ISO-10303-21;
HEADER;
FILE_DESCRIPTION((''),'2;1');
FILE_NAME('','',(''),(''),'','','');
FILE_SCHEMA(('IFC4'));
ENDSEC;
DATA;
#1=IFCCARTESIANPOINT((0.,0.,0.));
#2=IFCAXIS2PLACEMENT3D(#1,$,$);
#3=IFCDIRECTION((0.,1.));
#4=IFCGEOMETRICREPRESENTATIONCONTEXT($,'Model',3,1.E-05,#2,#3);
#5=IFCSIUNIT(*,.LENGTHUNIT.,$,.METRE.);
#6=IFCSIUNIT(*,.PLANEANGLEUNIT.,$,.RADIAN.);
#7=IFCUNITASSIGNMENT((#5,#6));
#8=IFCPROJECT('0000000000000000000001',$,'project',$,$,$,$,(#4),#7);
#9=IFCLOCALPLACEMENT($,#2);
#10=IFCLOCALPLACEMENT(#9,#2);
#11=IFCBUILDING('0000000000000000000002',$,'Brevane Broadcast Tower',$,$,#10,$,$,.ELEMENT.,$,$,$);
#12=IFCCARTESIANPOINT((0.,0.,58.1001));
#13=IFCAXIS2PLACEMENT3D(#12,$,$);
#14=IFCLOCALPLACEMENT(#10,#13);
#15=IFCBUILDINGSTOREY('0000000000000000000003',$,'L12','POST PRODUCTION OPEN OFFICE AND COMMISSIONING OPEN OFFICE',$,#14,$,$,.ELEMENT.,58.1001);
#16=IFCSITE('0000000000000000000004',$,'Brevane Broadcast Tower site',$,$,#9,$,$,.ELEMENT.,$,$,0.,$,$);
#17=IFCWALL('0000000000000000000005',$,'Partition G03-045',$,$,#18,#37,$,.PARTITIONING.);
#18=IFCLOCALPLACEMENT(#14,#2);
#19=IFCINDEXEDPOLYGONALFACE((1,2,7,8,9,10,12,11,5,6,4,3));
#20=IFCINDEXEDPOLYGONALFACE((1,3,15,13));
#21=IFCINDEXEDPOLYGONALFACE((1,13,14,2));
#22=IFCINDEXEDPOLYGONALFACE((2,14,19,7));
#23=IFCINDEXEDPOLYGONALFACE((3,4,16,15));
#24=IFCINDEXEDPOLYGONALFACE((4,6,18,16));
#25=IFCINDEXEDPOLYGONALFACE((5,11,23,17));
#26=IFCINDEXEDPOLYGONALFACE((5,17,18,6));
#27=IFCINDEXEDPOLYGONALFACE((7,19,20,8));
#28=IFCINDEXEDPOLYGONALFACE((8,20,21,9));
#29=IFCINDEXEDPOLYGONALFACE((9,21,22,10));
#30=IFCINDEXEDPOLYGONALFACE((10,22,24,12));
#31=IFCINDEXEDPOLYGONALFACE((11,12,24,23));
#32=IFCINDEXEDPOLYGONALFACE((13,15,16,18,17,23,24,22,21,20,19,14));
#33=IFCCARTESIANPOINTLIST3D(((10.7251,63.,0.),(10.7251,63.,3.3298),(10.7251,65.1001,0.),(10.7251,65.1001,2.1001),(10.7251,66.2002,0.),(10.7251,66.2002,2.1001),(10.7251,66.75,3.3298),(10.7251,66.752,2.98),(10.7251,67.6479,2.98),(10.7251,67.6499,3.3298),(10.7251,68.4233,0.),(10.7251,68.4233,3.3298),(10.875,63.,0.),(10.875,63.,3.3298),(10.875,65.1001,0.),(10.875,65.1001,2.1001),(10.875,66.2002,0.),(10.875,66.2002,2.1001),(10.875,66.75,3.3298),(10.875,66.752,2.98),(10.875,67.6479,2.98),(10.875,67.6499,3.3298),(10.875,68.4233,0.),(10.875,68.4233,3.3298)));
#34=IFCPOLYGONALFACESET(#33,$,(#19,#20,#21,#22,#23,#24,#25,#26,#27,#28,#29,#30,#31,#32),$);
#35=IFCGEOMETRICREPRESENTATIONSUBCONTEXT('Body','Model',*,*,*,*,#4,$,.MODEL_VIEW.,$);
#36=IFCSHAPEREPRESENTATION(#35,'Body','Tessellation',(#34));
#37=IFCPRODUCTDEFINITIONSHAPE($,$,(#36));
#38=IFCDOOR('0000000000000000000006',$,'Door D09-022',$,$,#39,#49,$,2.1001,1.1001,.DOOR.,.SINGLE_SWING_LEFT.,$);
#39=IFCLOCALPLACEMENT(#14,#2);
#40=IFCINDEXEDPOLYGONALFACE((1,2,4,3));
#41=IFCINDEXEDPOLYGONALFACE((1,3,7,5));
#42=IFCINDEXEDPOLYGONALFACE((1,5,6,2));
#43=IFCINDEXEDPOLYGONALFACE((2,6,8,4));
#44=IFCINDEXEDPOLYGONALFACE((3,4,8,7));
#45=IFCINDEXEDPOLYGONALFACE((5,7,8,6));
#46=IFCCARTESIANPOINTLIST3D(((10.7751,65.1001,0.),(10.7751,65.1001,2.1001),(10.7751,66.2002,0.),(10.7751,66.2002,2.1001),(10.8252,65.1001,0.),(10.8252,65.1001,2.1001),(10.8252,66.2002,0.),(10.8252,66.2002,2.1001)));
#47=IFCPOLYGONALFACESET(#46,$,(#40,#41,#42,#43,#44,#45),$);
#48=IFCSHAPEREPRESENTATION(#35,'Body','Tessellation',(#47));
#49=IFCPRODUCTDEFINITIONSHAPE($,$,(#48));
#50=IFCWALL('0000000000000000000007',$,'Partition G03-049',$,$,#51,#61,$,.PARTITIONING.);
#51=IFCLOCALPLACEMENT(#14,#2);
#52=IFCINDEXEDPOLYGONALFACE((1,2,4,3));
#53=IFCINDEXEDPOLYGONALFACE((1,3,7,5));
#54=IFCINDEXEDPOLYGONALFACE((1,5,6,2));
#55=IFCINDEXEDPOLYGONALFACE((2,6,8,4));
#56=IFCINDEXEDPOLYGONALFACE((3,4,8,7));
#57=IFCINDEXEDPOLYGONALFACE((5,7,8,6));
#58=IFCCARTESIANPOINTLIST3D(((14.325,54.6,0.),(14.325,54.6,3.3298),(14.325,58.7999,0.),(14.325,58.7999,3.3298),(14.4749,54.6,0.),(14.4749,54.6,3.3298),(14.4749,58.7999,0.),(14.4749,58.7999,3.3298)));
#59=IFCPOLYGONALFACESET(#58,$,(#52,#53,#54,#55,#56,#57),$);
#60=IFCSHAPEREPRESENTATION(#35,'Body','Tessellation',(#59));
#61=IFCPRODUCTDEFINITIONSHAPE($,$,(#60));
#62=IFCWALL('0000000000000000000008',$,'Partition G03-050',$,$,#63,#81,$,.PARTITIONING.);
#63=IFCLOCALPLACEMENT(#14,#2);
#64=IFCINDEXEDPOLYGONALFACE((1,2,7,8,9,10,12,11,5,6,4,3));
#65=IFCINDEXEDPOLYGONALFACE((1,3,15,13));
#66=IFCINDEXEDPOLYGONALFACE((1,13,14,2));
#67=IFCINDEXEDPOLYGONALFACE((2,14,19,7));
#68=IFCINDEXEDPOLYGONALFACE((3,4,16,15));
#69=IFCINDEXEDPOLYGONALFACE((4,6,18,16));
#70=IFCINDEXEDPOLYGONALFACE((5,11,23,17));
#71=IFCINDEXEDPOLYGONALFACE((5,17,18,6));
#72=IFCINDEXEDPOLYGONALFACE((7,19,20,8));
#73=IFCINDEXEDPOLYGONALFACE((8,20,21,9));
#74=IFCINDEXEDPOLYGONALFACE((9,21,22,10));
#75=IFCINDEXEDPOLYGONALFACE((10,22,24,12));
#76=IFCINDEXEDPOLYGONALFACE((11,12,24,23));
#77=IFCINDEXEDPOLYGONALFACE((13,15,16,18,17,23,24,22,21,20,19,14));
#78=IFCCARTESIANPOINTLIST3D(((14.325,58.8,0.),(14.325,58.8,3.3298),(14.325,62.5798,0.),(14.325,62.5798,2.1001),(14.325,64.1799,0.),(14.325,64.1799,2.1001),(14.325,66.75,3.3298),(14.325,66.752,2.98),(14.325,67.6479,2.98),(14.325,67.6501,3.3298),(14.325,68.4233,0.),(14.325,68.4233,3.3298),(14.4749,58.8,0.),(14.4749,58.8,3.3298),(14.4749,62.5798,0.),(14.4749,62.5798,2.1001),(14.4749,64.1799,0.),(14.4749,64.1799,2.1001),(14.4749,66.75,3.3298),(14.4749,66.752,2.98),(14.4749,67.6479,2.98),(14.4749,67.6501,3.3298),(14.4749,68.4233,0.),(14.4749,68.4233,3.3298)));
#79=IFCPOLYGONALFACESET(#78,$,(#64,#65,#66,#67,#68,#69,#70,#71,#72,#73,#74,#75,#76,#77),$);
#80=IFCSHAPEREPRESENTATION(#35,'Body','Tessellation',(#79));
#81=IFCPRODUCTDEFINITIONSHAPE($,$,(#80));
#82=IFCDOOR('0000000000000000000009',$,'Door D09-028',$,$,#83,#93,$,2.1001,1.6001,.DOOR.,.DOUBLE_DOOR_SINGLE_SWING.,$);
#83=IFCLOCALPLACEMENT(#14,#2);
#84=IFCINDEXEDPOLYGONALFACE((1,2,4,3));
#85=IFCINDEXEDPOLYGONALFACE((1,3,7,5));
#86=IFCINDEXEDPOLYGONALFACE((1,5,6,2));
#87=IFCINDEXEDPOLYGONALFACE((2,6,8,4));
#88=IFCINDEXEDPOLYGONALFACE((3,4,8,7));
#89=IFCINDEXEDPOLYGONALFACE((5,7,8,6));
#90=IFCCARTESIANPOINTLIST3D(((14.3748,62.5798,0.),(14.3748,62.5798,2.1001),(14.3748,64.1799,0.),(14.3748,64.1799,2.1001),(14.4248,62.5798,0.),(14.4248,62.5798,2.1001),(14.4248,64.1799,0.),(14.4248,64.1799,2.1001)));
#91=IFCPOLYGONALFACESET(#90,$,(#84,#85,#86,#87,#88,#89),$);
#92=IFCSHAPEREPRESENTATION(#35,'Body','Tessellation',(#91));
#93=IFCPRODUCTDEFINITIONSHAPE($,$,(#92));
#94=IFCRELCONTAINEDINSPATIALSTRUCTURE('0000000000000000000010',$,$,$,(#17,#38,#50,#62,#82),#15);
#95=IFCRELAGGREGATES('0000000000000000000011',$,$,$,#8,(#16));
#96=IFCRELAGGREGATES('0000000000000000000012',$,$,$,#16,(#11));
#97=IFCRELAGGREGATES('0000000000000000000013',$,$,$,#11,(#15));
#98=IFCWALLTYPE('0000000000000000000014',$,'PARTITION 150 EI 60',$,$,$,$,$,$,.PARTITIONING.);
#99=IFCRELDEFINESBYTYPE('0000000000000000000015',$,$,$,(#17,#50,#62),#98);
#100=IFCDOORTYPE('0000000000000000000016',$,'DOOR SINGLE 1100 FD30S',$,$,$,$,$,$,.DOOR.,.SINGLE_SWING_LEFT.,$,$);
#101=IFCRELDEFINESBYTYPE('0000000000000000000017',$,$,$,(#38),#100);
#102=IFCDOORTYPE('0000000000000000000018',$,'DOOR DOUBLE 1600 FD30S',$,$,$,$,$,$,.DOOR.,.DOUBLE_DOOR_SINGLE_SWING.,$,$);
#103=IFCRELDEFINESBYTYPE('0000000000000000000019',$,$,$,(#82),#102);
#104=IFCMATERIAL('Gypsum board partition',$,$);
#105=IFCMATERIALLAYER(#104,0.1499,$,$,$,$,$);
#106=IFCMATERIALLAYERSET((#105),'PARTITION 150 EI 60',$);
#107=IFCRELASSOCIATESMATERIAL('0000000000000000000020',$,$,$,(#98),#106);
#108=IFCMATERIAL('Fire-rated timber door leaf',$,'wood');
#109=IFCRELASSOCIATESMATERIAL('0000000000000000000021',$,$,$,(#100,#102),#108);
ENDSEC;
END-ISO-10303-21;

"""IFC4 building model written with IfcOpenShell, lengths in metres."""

from ifc_helpers import new_model, si_unit, direction, frame, frame_2d, origin, place, context, subcontext, project, spatial, polyline, rectangle, outline, extrude, material, layer, layer_set, type_object, element, fill, save


model = new_model("IFC4")

# Units and contexts
model_context = context("Model", 3, precision=1e-05, world=origin(), true_north=direction((0.0, 1.0)))
body_context = subcontext(model_context, "Body", "Model", "MODEL_VIEW")
ifc_project = project(units=[si_unit("LENGTHUNIT", "METRE"), si_unit("PLANEANGLEUNIT", "RADIAN")], contexts=[model_context])

# Site, building, storey
site_placement = place(None, origin())
site = spatial("IfcSite", under=ifc_project, at=site_placement, Name="Brevane Broadcast Tower site", CompositionType="ELEMENT", RefElevation=0.0)
building_placement = place(site_placement, origin())
building = spatial("IfcBuilding", under=site, at=building_placement, Name="Brevane Broadcast Tower", CompositionType="ELEMENT")
storey_placement = place(building_placement, frame((0.0, 0.0, 58.1001)))
storey = spatial("IfcBuildingStorey", under=building, at=storey_placement, Name="L12", Description="POST PRODUCTION OPEN OFFICE AND COMMISSIONING OPEN OFFICE", CompositionType="ELEMENT", Elevation=58.1001)

# Shared definitions
ifc_material_1 = material(Name="Gypsum board partition")

# Wall, opening, door
ifc_layer_1 = layer(ifc_material_1, 0.1499)
ifc_layer_set_1 = layer_set([ifc_layer_1], Name="PARTITION 150 EI 60")
wall_type_1 = type_object("IfcWallType", Name="PARTITION 150 EI 60", PredefinedType="PARTITIONING", material=ifc_layer_set_1)
ifc_material_2 = material(Name="Fire-rated timber door leaf", Category="wood")
door_type_1 = type_object("IfcDoorType", Name="DOOR SINGLE 1100 FD30S", OperationType="SINGLE_SWING_LEFT", PredefinedType="DOOR", material=ifc_material_2)
wall_1_placement = place(storey_placement, frame((10.8, 63.0, 0.0), z_axis=(0.0, 0.0, 1.0), x_axis=(0.0, 1.0, 0.0)))
wall_1 = element("IfcWall", 1, at=wall_1_placement, inside=storey, type_object=wall_type_1, Name="Partition G03-045", PredefinedType="PARTITIONING", context=body_context, shape_type="SweptSolid", body=[
    extrude(outline(polyline([(0.0, 0.0), (5.4233, 0.0), (5.4233, 3.3298), (5.28, 3.3298), (4.6499, 3.3298), (4.6479, 2.98), (3.752, 2.98), (3.75, 3.3298), (0.0, 3.3298), (0.0, 0.0)])), frame((0.0, 0.075, 0.0), z_axis=(0.0, -1.0, 0.0), x_axis=(1.0, 0.0, 0.0)), (0.0, 0.0, 1.0), 0.1499),
])
opening_1_placement = place(wall_1_placement, frame((2.1001, 0.0, 0.0)))
opening_1 = element("IfcOpeningElement", 2, at=opening_1_placement, cuts=wall_1, PredefinedType="OPENING", context=body_context, shape_type="SweptSolid", body=[
    extrude(rectangle(XDim=1.1001, YDim=2.1001, at=frame_2d((0.55, 1.05))), frame((0.0, 0.085, 0.0), z_axis=(0.0, -1.0, 0.0), x_axis=(1.0, 0.0, 0.0)), (0.0, 0.0, 1.0), 0.1699),
])
door_1_placement = place(opening_1_placement, origin())
door_1 = element("IfcDoor", 3, at=door_1_placement, inside=storey, type_object=door_type_1, Name="Door D09-022", OperationType="SINGLE_SWING_LEFT", OverallHeight=2.1001, OverallWidth=1.1001, PredefinedType="DOOR", context=body_context, shape_type="SweptSolid", body=[
    extrude(rectangle(XDim=1.1001, YDim=2.1001, at=frame_2d((0.55, 1.05))), frame((0.0, 0.0249, 0.0), z_axis=(0.0, -1.0, 0.0), x_axis=(1.0, 0.0, 0.0)), (0.0, 0.0, 1.0), 0.05),
])
fill(opening_1, door_1)

# Wall
wall_2_placement = place(storey_placement, frame((14.3999, 58.8, 0.0), z_axis=(0.0, 0.0, 1.0), x_axis=(0.0, -1.0, 0.0)))
element("IfcWall", 4, at=wall_2_placement, inside=storey, type_object=wall_type_1, Name="Partition G03-049", PredefinedType="PARTITIONING", context=body_context, shape_type="SweptSolid", body=[
    extrude(rectangle(XDim=4.2, YDim=0.1499, at=frame_2d((2.1001, 0.0))), origin(), (0.0, 0.0, 1.0), 3.3298),
])

# Wall, opening, door
wall_3_placement = place(storey_placement, frame((14.3999, 68.4233, 0.0), z_axis=(0.0, 0.0, 1.0), x_axis=(0.0, -1.0, 0.0)))
wall_3 = element("IfcWall", 5, at=wall_3_placement, inside=storey, type_object=wall_type_1, Name="Partition G03-050", PredefinedType="PARTITIONING", context=body_context, shape_type="SweptSolid", body=[
    extrude(outline(polyline([(0.0, 0.0), (9.6233, 0.0), (9.6233, 3.3298), (1.6733, 3.3298), (1.6714, 2.98), (0.7754, 2.98), (0.7732, 3.3298), (0.1433, 3.3298), (0.0, 3.3298), (0.0, 0.0)])), frame((0.0, 0.075, 0.0), z_axis=(0.0, -1.0, 0.0), x_axis=(1.0, 0.0, 0.0)), (0.0, 0.0, 1.0), 0.1499),
])
opening_2_placement = place(wall_3_placement, frame((4.2434, 0.0, 0.0)))
opening_2 = element("IfcOpeningElement", 6, at=opening_2_placement, cuts=wall_3, PredefinedType="OPENING", context=body_context, shape_type="SweptSolid", body=[
    extrude(rectangle(XDim=1.6001, YDim=2.1001, at=frame_2d((0.8, 1.05))), frame((0.0, 0.085, 0.0), z_axis=(0.0, -1.0, 0.0), x_axis=(1.0, 0.0, 0.0)), (0.0, 0.0, 1.0), 0.1699),
])
door_type_2 = type_object("IfcDoorType", Name="DOOR DOUBLE 1600 FD30S", OperationType="DOUBLE_DOOR_SINGLE_SWING", PredefinedType="DOOR", material=ifc_material_2)
door_2_placement = place(opening_2_placement, origin())
door_2 = element("IfcDoor", 7, at=door_2_placement, inside=storey, type_object=door_type_2, Name="Door D09-028", OperationType="DOUBLE_DOOR_SINGLE_SWING", OverallHeight=2.1001, OverallWidth=1.6001, PredefinedType="DOOR", context=body_context, shape_type="SweptSolid", body=[
    extrude(rectangle(XDim=1.6001, YDim=2.1001, at=frame_2d((0.8, 1.05))), frame((0.0, 0.0249, 0.0), z_axis=(0.0, -1.0, 0.0), x_axis=(1.0, 0.0, 0.0)), (0.0, 0.0, 1.0), 0.05),
])
fill(opening_2, door_2)

save(model, "model.ifc")
